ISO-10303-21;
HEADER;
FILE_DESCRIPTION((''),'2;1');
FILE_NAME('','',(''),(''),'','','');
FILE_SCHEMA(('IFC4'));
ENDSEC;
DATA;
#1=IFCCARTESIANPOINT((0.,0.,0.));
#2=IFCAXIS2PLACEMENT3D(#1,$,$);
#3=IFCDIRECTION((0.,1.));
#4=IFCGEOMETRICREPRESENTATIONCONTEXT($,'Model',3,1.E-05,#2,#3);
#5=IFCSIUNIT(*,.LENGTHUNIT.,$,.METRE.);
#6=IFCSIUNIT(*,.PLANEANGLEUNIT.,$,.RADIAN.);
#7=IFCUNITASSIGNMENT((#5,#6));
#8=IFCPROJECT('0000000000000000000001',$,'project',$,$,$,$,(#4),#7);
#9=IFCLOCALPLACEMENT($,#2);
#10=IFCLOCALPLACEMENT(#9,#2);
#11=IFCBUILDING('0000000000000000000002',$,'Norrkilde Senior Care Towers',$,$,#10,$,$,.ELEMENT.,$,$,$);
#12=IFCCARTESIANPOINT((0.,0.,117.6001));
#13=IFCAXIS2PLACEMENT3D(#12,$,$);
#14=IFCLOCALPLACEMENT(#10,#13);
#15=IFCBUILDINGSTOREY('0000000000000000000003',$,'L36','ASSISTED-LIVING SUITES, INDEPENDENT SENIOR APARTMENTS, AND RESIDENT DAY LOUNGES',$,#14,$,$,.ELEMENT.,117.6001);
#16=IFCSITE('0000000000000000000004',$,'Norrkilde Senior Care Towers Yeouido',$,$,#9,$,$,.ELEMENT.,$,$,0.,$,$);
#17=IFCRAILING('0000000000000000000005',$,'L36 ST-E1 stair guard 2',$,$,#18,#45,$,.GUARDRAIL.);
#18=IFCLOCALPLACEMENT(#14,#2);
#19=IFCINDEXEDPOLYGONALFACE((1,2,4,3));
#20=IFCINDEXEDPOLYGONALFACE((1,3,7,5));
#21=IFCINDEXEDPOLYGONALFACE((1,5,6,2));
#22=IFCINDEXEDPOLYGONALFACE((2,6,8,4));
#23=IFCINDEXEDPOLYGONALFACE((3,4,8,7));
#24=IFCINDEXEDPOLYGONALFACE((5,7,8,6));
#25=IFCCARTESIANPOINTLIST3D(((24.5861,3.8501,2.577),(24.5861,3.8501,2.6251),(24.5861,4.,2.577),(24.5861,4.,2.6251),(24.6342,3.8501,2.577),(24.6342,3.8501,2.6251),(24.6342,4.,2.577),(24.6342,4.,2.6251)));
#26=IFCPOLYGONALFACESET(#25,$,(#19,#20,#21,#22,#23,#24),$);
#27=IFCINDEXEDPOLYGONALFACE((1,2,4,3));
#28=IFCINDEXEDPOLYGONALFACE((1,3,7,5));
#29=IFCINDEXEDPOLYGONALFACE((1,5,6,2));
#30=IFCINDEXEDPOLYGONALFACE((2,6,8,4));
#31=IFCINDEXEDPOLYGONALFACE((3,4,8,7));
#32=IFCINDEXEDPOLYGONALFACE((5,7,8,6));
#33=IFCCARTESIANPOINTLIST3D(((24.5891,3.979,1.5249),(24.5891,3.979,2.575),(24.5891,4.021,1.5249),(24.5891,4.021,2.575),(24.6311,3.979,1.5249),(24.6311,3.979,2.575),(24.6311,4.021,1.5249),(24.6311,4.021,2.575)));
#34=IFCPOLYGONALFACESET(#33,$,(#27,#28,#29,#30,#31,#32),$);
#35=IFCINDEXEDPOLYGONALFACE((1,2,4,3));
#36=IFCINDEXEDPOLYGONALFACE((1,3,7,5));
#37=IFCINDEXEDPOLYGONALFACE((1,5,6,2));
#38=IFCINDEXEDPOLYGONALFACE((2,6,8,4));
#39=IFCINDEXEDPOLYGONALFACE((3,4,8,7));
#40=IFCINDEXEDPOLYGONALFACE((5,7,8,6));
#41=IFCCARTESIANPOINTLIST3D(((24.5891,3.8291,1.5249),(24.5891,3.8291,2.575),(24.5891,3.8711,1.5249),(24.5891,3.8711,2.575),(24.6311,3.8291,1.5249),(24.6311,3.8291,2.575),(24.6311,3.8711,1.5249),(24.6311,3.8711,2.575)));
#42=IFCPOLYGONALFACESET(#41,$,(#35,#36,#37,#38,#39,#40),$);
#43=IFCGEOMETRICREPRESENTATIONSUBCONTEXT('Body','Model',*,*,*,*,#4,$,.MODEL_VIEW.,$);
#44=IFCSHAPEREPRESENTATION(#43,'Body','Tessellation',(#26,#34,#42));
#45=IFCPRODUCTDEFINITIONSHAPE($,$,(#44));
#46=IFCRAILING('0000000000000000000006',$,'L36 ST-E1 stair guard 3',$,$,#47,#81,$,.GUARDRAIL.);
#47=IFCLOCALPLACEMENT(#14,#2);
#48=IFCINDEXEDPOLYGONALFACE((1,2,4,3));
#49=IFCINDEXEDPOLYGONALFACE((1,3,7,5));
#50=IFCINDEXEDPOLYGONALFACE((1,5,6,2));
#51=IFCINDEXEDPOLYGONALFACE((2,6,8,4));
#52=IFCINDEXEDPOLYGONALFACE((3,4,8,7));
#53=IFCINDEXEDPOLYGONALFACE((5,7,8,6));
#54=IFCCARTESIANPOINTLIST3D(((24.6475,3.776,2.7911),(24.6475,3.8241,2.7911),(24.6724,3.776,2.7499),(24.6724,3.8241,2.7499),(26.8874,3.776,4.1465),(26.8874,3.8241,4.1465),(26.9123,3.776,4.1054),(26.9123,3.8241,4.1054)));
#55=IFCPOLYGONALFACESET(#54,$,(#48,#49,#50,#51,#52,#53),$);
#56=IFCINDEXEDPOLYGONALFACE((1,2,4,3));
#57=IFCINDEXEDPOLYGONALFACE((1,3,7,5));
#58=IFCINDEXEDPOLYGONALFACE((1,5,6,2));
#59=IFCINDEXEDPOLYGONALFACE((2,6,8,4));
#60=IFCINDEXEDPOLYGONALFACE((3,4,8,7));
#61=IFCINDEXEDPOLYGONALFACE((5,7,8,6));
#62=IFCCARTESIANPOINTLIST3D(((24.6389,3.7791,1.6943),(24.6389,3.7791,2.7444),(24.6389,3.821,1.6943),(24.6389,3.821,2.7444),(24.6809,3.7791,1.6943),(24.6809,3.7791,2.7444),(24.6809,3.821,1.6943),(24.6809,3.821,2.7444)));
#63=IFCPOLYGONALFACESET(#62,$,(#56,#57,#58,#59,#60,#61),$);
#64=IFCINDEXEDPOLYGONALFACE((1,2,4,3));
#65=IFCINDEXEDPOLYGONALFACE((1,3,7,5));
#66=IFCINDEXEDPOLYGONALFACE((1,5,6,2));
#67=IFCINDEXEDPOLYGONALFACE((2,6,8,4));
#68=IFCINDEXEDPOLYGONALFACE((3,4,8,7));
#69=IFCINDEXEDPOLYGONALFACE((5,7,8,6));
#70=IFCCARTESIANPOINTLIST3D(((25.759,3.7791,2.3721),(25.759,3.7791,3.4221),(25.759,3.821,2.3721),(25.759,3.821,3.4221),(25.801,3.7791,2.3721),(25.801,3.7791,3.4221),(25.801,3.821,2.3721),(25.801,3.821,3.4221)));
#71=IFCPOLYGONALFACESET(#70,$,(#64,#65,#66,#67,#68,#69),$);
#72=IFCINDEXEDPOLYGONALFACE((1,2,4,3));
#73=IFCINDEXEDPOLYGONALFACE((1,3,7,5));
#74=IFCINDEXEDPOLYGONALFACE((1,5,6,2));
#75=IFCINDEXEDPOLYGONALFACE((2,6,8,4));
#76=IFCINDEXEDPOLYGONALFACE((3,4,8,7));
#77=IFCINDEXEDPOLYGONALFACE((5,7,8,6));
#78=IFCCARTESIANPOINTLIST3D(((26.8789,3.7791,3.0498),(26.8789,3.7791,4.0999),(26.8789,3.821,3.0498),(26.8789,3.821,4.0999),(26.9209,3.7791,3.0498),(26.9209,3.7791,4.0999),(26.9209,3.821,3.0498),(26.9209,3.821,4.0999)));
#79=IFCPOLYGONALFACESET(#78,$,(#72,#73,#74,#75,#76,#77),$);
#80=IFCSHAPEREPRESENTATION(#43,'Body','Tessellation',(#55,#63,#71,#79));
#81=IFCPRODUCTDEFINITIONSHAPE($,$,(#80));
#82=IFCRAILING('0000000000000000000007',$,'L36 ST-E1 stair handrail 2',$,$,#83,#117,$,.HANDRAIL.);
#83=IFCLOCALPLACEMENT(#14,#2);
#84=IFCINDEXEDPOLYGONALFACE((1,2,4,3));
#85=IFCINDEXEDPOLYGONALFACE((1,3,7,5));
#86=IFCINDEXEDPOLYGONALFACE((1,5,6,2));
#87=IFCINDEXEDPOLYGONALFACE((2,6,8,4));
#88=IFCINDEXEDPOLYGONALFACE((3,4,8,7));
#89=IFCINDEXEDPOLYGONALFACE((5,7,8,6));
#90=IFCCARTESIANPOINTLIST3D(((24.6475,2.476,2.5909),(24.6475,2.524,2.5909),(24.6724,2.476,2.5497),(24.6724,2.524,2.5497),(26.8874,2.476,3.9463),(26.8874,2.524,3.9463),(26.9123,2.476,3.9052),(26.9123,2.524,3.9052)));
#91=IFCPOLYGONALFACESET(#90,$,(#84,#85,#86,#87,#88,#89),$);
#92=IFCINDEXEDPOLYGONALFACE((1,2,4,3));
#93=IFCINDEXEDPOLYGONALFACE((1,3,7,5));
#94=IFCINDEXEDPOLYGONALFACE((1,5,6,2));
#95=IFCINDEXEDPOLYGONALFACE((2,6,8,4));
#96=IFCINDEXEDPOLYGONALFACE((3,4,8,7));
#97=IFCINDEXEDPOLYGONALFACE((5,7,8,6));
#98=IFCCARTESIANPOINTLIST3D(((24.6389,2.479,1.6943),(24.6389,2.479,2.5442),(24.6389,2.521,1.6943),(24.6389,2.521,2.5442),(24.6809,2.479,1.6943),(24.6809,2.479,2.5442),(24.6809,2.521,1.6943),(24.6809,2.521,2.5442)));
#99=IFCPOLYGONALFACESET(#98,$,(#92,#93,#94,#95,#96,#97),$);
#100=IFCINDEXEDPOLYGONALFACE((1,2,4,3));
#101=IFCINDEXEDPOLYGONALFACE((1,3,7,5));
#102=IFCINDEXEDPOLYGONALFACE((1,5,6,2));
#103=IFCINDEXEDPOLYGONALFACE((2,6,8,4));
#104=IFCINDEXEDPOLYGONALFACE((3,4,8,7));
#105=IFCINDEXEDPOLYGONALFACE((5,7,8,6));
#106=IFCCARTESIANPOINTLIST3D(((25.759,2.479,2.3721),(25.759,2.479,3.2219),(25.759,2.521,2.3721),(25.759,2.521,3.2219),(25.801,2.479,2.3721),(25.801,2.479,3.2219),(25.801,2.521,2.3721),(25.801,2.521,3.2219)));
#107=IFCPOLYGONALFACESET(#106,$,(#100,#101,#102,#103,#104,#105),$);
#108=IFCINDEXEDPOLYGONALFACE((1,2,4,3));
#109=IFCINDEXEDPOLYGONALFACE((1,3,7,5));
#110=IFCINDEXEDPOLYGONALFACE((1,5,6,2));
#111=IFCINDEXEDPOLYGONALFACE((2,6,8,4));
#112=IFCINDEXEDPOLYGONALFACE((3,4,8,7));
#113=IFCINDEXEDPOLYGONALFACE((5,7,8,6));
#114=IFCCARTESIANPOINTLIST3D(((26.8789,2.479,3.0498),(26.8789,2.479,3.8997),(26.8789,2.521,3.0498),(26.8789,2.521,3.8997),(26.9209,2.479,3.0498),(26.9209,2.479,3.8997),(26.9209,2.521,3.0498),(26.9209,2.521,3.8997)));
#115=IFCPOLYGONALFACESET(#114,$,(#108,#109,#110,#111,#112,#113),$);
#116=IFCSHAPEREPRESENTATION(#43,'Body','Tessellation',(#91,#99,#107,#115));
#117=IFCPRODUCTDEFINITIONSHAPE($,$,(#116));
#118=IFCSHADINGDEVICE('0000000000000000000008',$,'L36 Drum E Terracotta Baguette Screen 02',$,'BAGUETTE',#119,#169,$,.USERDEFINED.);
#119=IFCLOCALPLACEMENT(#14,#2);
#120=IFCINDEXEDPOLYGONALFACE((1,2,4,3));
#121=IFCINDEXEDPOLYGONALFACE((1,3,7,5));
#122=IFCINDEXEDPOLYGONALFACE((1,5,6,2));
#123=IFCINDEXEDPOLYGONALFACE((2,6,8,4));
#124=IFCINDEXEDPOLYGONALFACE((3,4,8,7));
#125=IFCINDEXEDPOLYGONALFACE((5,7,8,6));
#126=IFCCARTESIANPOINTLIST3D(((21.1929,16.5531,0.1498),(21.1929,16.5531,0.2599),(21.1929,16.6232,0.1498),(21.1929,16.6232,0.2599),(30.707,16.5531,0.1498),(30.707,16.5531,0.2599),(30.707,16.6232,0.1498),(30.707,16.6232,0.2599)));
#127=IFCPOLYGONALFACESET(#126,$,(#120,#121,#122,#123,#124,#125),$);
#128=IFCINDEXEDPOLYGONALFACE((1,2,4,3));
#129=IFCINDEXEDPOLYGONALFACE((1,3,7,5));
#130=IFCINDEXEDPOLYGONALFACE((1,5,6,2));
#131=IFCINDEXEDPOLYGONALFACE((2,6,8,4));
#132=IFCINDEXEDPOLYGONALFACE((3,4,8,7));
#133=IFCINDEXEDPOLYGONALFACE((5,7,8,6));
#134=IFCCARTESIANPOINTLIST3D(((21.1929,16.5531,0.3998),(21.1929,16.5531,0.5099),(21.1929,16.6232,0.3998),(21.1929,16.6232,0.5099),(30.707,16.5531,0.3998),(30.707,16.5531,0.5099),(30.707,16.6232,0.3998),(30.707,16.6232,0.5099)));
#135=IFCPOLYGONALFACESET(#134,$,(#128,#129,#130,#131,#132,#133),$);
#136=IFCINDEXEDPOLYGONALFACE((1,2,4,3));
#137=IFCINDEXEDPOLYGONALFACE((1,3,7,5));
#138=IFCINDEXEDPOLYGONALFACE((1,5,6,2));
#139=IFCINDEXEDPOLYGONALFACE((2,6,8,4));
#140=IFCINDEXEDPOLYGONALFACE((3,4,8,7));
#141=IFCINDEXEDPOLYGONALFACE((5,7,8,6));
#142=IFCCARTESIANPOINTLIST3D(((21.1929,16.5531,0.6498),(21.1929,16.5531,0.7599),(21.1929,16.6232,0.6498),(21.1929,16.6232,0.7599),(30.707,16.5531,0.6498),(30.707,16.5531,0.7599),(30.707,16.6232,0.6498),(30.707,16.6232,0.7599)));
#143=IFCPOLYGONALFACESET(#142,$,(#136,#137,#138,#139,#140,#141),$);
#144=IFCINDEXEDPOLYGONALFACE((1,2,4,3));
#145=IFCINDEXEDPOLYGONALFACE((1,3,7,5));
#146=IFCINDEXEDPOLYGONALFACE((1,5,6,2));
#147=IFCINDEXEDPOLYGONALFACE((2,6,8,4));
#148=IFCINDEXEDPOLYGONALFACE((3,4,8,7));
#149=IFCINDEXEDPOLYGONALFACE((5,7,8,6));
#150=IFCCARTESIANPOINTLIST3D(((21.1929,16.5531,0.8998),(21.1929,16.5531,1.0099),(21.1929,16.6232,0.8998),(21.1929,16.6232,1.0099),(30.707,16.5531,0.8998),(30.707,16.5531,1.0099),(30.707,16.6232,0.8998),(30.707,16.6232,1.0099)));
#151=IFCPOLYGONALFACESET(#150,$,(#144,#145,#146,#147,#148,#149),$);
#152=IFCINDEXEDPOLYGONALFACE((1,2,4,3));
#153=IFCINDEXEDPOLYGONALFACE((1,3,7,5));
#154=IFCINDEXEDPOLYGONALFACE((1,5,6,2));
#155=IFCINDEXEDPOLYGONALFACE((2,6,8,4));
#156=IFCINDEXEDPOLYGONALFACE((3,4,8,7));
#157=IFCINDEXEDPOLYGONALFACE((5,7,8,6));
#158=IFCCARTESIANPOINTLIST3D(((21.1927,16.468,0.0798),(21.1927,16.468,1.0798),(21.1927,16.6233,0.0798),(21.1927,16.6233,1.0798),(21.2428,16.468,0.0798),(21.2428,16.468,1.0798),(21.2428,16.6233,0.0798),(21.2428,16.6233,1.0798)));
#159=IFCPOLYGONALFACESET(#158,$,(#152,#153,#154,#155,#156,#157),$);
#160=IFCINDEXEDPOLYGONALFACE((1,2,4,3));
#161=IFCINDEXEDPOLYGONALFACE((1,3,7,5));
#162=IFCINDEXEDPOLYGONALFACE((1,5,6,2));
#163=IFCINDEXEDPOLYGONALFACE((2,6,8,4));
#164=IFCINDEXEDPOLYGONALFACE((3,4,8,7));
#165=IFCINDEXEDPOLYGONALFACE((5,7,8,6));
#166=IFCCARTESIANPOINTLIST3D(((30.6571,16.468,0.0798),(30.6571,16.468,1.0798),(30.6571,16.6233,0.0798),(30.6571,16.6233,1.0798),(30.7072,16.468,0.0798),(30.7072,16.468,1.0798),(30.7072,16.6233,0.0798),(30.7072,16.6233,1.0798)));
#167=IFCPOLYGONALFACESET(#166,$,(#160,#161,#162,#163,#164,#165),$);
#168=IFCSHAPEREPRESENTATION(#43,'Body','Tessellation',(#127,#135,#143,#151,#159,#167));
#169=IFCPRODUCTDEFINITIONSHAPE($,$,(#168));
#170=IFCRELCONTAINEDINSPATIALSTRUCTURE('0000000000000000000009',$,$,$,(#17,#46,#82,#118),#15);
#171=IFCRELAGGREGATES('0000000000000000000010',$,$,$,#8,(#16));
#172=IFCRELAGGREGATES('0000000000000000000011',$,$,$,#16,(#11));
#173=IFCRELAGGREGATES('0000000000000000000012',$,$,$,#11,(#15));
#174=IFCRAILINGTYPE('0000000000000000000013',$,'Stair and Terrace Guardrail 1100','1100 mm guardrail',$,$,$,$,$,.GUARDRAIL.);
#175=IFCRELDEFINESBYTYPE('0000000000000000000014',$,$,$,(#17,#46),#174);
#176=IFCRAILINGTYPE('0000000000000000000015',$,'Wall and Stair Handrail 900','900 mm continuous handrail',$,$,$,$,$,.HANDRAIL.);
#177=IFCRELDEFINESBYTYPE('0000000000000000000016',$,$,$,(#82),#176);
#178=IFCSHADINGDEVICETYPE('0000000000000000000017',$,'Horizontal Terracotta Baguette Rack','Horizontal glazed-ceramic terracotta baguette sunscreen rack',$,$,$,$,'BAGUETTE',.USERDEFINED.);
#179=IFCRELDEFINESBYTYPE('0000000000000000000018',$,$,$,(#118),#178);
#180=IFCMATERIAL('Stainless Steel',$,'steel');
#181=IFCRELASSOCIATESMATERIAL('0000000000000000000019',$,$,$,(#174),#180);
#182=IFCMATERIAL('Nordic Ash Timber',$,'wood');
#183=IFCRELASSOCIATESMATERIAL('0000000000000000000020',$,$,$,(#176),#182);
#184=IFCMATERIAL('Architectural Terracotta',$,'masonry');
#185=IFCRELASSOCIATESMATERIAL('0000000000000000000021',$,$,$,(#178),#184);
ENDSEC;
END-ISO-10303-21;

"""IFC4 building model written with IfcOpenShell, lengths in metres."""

from ifc_helpers import new_model, si_unit, direction, frame, origin, origin_2d, place, context, subcontext, project, spatial, rectangle, extrude, source, transform, mapped, material, type_object, type_shapes, element, save


model = new_model("IFC4")

# Units and contexts
model_context = context("Model", 3, precision=1e-05, world=origin(), true_north=direction((0.0, 1.0)))
body_context = subcontext(model_context, "Body", "Model", "MODEL_VIEW")
ifc_project = project(units=[si_unit("LENGTHUNIT", "METRE"), si_unit("PLANEANGLEUNIT", "RADIAN")], contexts=[model_context])

# Site, building, storey
site_placement = place(None, origin())
site = spatial("IfcSite", under=ifc_project, at=site_placement, Name="Norrkilde Senior Care Towers Yeouido", CompositionType="ELEMENT", RefElevation=0.0)
building_placement = place(site_placement, origin())
building = spatial("IfcBuilding", under=site, at=building_placement, Name="Norrkilde Senior Care Towers", CompositionType="ELEMENT")
storey_placement = place(building_placement, frame((0.0, 0.0, 117.6001)))
storey = spatial("IfcBuildingStorey", under=building, at=storey_placement, Name="L36", Description="ASSISTED-LIVING SUITES, INDEPENDENT SENIOR APARTMENTS, AND RESIDENT DAY LOUNGES", CompositionType="ELEMENT", Elevation=117.6001)

# Shared definitions
ifc_material_1 = material(Name="Nordic Ash Timber", Category="wood")

# Railings
ifc_material_2 = material(Name="Stainless Steel", Category="steel")
railing_type_1 = type_object("IfcRailingType", Name="Stair and Terrace Guardrail 1100", Description="1100 mm guardrail", PredefinedType="GUARDRAIL", material=ifc_material_2)
railing_1_placement = place(storey_placement, frame((24.6101, 4.0, 1.5249)))
element("IfcRailing", 1, at=railing_1_placement, inside=storey, type_object=railing_type_1, Name="L36 ST-E1 stair guard 2", PredefinedType="GUARDRAIL", context=body_context, shape_type="SweptSolid", body=[
    extrude(rectangle(XDim=0.0481, YDim=0.0481, at=origin_2d()), frame((0.0, 0.0, 1.0762), z_axis=(0.0, -1.0, 0.0), x_axis=(1.0, 0.0, 0.0)), (0.0, 0.0, 1.0), 0.1499),
    extrude(rectangle(XDim=0.042, YDim=0.042, at=origin_2d()), origin(), (0.0, 0.0, 1.0), 1.05),
    extrude(rectangle(XDim=0.042, YDim=0.042, at=origin_2d()), frame((0.0, -0.1499, 0.0)), (0.0, 0.0, 1.0), 1.05),
])
railing_2_placement = place(storey_placement, frame((24.6599, 3.8, 1.6943)))
element("IfcRailing", 2, at=railing_2_placement, inside=storey, type_object=railing_type_1, Name="L36 ST-E1 stair guard 3", PredefinedType="GUARDRAIL", context=body_context, shape_type="SweptSolid", body=[
    extrude(rectangle(XDim=0.0481, YDim=0.0481, at=origin_2d()), frame((0.0, 0.0, 1.0762), z_axis=(0.855553, 0.0, 0.517715), x_axis=(0.0, 1.0, 0.0)), (0.0, 0.0, 1.0), 2.6182),
    extrude(rectangle(XDim=0.042, YDim=0.042, at=origin_2d()), origin(), (0.0, 0.0, 1.0), 1.05),
    extrude(rectangle(XDim=0.042, YDim=0.042, at=origin_2d()), frame((1.1201, 0.0, 0.6777)), (0.0, 0.0, 1.0), 1.05),
    extrude(rectangle(XDim=0.042, YDim=0.042, at=origin_2d()), frame((2.24, 0.0, 1.3555)), (0.0, 0.0, 1.0), 1.05),
])
railing_type_2 = type_object("IfcRailingType", Name="Wall and Stair Handrail 900", Description="900 mm continuous handrail", PredefinedType="HANDRAIL", material=ifc_material_1)
railing_3_placement = place(storey_placement, frame((24.6599, 2.5, 1.6943)))
element("IfcRailing", 3, at=railing_3_placement, inside=storey, type_object=railing_type_2, Name="L36 ST-E1 stair handrail 2", PredefinedType="HANDRAIL", context=body_context, shape_type="SweptSolid", body=[
    extrude(rectangle(XDim=0.0481, YDim=0.0481, at=origin_2d()), frame((0.0, 0.0, 0.876), z_axis=(0.855553, 0.0, 0.517715), x_axis=(0.0, 1.0, 0.0)), (0.0, 0.0, 1.0), 2.6182),
    extrude(rectangle(XDim=0.042, YDim=0.042, at=origin_2d()), origin(), (0.0, 0.0, 1.0), 0.8499),
    extrude(rectangle(XDim=0.042, YDim=0.042, at=origin_2d()), frame((1.1201, 0.0, 0.6777)), (0.0, 0.0, 1.0), 0.8499),
    extrude(rectangle(XDim=0.042, YDim=0.042, at=origin_2d()), frame((2.24, 0.0, 1.3555)), (0.0, 0.0, 1.0), 0.8499),
])

# Shading device
ifc_material_3 = material(Name="Architectural Terracotta", Category="masonry")
shading_device_type = type_object("IfcShadingDeviceType", Name="Horizontal Terracotta Baguette Rack", Description="Horizontal glazed-ceramic terracotta baguette sunscreen rack", ElementType="BAGUETTE", PredefinedType="USERDEFINED", material=ifc_material_3)
shared_shape_1 = source(origin(), body_context, "Body", "SweptSolid", [
    extrude(rectangle(XDim=0.0701, YDim=0.1101, at=origin_2d()), frame((0.0, 0.0901, 0.125), z_axis=(1.0, 0.0, 0.0), x_axis=(0.0, 1.0, 0.0)), (0.0, 0.0, 1.0), 9.5142),
    extrude(rectangle(XDim=0.0701, YDim=0.1101, at=origin_2d()), frame((0.0, 0.0901, 0.375), z_axis=(1.0, 0.0, 0.0), x_axis=(0.0, 1.0, 0.0)), (0.0, 0.0, 1.0), 9.5142),
    extrude(rectangle(XDim=0.0701, YDim=0.1101, at=origin_2d()), frame((0.0, 0.0901, 0.625), z_axis=(1.0, 0.0, 0.0), x_axis=(0.0, 1.0, 0.0)), (0.0, 0.0, 1.0), 9.5142),
    extrude(rectangle(XDim=0.0701, YDim=0.1101, at=origin_2d()), frame((0.0, 0.0901, 0.875), z_axis=(1.0, 0.0, 0.0), x_axis=(0.0, 1.0, 0.0)), (0.0, 0.0, 1.0), 9.5142),
    extrude(rectangle(XDim=0.05, YDim=0.1553, at=origin_2d()), frame((0.0249, 0.0476, 0.0)), (0.0, 0.0, 1.0), 1.0),
    extrude(rectangle(XDim=0.05, YDim=0.1553, at=origin_2d()), frame((9.4893, 0.0476, 0.0)), (0.0, 0.0, 1.0), 1.0),
])
type_shapes(shading_device_type, [shared_shape_1])
shading_device_placement = place(storey_placement, frame((21.1929, 16.498, 0.0798), z_axis=(0.0, 0.0, 1.0), x_axis=(1.0, 0.0, 0.0)))
element("IfcShadingDevice", 4, at=shading_device_placement, inside=storey, type_object=shading_device_type, Name="L36 Drum E Terracotta Baguette Screen 02", ObjectType="BAGUETTE", PredefinedType="USERDEFINED", context=body_context, shape_type="MappedRepresentation", body=[
    mapped(shared_shape_1, transform((0.0, 0.0, 0.0), x_axis=(1.0, 0.0, 0.0), y_axis=(0.0, 1.0, 0.0), z_axis=(0.0, 0.0, 1.0), scale=1.0)),
])

save(model, "model.ifc")
